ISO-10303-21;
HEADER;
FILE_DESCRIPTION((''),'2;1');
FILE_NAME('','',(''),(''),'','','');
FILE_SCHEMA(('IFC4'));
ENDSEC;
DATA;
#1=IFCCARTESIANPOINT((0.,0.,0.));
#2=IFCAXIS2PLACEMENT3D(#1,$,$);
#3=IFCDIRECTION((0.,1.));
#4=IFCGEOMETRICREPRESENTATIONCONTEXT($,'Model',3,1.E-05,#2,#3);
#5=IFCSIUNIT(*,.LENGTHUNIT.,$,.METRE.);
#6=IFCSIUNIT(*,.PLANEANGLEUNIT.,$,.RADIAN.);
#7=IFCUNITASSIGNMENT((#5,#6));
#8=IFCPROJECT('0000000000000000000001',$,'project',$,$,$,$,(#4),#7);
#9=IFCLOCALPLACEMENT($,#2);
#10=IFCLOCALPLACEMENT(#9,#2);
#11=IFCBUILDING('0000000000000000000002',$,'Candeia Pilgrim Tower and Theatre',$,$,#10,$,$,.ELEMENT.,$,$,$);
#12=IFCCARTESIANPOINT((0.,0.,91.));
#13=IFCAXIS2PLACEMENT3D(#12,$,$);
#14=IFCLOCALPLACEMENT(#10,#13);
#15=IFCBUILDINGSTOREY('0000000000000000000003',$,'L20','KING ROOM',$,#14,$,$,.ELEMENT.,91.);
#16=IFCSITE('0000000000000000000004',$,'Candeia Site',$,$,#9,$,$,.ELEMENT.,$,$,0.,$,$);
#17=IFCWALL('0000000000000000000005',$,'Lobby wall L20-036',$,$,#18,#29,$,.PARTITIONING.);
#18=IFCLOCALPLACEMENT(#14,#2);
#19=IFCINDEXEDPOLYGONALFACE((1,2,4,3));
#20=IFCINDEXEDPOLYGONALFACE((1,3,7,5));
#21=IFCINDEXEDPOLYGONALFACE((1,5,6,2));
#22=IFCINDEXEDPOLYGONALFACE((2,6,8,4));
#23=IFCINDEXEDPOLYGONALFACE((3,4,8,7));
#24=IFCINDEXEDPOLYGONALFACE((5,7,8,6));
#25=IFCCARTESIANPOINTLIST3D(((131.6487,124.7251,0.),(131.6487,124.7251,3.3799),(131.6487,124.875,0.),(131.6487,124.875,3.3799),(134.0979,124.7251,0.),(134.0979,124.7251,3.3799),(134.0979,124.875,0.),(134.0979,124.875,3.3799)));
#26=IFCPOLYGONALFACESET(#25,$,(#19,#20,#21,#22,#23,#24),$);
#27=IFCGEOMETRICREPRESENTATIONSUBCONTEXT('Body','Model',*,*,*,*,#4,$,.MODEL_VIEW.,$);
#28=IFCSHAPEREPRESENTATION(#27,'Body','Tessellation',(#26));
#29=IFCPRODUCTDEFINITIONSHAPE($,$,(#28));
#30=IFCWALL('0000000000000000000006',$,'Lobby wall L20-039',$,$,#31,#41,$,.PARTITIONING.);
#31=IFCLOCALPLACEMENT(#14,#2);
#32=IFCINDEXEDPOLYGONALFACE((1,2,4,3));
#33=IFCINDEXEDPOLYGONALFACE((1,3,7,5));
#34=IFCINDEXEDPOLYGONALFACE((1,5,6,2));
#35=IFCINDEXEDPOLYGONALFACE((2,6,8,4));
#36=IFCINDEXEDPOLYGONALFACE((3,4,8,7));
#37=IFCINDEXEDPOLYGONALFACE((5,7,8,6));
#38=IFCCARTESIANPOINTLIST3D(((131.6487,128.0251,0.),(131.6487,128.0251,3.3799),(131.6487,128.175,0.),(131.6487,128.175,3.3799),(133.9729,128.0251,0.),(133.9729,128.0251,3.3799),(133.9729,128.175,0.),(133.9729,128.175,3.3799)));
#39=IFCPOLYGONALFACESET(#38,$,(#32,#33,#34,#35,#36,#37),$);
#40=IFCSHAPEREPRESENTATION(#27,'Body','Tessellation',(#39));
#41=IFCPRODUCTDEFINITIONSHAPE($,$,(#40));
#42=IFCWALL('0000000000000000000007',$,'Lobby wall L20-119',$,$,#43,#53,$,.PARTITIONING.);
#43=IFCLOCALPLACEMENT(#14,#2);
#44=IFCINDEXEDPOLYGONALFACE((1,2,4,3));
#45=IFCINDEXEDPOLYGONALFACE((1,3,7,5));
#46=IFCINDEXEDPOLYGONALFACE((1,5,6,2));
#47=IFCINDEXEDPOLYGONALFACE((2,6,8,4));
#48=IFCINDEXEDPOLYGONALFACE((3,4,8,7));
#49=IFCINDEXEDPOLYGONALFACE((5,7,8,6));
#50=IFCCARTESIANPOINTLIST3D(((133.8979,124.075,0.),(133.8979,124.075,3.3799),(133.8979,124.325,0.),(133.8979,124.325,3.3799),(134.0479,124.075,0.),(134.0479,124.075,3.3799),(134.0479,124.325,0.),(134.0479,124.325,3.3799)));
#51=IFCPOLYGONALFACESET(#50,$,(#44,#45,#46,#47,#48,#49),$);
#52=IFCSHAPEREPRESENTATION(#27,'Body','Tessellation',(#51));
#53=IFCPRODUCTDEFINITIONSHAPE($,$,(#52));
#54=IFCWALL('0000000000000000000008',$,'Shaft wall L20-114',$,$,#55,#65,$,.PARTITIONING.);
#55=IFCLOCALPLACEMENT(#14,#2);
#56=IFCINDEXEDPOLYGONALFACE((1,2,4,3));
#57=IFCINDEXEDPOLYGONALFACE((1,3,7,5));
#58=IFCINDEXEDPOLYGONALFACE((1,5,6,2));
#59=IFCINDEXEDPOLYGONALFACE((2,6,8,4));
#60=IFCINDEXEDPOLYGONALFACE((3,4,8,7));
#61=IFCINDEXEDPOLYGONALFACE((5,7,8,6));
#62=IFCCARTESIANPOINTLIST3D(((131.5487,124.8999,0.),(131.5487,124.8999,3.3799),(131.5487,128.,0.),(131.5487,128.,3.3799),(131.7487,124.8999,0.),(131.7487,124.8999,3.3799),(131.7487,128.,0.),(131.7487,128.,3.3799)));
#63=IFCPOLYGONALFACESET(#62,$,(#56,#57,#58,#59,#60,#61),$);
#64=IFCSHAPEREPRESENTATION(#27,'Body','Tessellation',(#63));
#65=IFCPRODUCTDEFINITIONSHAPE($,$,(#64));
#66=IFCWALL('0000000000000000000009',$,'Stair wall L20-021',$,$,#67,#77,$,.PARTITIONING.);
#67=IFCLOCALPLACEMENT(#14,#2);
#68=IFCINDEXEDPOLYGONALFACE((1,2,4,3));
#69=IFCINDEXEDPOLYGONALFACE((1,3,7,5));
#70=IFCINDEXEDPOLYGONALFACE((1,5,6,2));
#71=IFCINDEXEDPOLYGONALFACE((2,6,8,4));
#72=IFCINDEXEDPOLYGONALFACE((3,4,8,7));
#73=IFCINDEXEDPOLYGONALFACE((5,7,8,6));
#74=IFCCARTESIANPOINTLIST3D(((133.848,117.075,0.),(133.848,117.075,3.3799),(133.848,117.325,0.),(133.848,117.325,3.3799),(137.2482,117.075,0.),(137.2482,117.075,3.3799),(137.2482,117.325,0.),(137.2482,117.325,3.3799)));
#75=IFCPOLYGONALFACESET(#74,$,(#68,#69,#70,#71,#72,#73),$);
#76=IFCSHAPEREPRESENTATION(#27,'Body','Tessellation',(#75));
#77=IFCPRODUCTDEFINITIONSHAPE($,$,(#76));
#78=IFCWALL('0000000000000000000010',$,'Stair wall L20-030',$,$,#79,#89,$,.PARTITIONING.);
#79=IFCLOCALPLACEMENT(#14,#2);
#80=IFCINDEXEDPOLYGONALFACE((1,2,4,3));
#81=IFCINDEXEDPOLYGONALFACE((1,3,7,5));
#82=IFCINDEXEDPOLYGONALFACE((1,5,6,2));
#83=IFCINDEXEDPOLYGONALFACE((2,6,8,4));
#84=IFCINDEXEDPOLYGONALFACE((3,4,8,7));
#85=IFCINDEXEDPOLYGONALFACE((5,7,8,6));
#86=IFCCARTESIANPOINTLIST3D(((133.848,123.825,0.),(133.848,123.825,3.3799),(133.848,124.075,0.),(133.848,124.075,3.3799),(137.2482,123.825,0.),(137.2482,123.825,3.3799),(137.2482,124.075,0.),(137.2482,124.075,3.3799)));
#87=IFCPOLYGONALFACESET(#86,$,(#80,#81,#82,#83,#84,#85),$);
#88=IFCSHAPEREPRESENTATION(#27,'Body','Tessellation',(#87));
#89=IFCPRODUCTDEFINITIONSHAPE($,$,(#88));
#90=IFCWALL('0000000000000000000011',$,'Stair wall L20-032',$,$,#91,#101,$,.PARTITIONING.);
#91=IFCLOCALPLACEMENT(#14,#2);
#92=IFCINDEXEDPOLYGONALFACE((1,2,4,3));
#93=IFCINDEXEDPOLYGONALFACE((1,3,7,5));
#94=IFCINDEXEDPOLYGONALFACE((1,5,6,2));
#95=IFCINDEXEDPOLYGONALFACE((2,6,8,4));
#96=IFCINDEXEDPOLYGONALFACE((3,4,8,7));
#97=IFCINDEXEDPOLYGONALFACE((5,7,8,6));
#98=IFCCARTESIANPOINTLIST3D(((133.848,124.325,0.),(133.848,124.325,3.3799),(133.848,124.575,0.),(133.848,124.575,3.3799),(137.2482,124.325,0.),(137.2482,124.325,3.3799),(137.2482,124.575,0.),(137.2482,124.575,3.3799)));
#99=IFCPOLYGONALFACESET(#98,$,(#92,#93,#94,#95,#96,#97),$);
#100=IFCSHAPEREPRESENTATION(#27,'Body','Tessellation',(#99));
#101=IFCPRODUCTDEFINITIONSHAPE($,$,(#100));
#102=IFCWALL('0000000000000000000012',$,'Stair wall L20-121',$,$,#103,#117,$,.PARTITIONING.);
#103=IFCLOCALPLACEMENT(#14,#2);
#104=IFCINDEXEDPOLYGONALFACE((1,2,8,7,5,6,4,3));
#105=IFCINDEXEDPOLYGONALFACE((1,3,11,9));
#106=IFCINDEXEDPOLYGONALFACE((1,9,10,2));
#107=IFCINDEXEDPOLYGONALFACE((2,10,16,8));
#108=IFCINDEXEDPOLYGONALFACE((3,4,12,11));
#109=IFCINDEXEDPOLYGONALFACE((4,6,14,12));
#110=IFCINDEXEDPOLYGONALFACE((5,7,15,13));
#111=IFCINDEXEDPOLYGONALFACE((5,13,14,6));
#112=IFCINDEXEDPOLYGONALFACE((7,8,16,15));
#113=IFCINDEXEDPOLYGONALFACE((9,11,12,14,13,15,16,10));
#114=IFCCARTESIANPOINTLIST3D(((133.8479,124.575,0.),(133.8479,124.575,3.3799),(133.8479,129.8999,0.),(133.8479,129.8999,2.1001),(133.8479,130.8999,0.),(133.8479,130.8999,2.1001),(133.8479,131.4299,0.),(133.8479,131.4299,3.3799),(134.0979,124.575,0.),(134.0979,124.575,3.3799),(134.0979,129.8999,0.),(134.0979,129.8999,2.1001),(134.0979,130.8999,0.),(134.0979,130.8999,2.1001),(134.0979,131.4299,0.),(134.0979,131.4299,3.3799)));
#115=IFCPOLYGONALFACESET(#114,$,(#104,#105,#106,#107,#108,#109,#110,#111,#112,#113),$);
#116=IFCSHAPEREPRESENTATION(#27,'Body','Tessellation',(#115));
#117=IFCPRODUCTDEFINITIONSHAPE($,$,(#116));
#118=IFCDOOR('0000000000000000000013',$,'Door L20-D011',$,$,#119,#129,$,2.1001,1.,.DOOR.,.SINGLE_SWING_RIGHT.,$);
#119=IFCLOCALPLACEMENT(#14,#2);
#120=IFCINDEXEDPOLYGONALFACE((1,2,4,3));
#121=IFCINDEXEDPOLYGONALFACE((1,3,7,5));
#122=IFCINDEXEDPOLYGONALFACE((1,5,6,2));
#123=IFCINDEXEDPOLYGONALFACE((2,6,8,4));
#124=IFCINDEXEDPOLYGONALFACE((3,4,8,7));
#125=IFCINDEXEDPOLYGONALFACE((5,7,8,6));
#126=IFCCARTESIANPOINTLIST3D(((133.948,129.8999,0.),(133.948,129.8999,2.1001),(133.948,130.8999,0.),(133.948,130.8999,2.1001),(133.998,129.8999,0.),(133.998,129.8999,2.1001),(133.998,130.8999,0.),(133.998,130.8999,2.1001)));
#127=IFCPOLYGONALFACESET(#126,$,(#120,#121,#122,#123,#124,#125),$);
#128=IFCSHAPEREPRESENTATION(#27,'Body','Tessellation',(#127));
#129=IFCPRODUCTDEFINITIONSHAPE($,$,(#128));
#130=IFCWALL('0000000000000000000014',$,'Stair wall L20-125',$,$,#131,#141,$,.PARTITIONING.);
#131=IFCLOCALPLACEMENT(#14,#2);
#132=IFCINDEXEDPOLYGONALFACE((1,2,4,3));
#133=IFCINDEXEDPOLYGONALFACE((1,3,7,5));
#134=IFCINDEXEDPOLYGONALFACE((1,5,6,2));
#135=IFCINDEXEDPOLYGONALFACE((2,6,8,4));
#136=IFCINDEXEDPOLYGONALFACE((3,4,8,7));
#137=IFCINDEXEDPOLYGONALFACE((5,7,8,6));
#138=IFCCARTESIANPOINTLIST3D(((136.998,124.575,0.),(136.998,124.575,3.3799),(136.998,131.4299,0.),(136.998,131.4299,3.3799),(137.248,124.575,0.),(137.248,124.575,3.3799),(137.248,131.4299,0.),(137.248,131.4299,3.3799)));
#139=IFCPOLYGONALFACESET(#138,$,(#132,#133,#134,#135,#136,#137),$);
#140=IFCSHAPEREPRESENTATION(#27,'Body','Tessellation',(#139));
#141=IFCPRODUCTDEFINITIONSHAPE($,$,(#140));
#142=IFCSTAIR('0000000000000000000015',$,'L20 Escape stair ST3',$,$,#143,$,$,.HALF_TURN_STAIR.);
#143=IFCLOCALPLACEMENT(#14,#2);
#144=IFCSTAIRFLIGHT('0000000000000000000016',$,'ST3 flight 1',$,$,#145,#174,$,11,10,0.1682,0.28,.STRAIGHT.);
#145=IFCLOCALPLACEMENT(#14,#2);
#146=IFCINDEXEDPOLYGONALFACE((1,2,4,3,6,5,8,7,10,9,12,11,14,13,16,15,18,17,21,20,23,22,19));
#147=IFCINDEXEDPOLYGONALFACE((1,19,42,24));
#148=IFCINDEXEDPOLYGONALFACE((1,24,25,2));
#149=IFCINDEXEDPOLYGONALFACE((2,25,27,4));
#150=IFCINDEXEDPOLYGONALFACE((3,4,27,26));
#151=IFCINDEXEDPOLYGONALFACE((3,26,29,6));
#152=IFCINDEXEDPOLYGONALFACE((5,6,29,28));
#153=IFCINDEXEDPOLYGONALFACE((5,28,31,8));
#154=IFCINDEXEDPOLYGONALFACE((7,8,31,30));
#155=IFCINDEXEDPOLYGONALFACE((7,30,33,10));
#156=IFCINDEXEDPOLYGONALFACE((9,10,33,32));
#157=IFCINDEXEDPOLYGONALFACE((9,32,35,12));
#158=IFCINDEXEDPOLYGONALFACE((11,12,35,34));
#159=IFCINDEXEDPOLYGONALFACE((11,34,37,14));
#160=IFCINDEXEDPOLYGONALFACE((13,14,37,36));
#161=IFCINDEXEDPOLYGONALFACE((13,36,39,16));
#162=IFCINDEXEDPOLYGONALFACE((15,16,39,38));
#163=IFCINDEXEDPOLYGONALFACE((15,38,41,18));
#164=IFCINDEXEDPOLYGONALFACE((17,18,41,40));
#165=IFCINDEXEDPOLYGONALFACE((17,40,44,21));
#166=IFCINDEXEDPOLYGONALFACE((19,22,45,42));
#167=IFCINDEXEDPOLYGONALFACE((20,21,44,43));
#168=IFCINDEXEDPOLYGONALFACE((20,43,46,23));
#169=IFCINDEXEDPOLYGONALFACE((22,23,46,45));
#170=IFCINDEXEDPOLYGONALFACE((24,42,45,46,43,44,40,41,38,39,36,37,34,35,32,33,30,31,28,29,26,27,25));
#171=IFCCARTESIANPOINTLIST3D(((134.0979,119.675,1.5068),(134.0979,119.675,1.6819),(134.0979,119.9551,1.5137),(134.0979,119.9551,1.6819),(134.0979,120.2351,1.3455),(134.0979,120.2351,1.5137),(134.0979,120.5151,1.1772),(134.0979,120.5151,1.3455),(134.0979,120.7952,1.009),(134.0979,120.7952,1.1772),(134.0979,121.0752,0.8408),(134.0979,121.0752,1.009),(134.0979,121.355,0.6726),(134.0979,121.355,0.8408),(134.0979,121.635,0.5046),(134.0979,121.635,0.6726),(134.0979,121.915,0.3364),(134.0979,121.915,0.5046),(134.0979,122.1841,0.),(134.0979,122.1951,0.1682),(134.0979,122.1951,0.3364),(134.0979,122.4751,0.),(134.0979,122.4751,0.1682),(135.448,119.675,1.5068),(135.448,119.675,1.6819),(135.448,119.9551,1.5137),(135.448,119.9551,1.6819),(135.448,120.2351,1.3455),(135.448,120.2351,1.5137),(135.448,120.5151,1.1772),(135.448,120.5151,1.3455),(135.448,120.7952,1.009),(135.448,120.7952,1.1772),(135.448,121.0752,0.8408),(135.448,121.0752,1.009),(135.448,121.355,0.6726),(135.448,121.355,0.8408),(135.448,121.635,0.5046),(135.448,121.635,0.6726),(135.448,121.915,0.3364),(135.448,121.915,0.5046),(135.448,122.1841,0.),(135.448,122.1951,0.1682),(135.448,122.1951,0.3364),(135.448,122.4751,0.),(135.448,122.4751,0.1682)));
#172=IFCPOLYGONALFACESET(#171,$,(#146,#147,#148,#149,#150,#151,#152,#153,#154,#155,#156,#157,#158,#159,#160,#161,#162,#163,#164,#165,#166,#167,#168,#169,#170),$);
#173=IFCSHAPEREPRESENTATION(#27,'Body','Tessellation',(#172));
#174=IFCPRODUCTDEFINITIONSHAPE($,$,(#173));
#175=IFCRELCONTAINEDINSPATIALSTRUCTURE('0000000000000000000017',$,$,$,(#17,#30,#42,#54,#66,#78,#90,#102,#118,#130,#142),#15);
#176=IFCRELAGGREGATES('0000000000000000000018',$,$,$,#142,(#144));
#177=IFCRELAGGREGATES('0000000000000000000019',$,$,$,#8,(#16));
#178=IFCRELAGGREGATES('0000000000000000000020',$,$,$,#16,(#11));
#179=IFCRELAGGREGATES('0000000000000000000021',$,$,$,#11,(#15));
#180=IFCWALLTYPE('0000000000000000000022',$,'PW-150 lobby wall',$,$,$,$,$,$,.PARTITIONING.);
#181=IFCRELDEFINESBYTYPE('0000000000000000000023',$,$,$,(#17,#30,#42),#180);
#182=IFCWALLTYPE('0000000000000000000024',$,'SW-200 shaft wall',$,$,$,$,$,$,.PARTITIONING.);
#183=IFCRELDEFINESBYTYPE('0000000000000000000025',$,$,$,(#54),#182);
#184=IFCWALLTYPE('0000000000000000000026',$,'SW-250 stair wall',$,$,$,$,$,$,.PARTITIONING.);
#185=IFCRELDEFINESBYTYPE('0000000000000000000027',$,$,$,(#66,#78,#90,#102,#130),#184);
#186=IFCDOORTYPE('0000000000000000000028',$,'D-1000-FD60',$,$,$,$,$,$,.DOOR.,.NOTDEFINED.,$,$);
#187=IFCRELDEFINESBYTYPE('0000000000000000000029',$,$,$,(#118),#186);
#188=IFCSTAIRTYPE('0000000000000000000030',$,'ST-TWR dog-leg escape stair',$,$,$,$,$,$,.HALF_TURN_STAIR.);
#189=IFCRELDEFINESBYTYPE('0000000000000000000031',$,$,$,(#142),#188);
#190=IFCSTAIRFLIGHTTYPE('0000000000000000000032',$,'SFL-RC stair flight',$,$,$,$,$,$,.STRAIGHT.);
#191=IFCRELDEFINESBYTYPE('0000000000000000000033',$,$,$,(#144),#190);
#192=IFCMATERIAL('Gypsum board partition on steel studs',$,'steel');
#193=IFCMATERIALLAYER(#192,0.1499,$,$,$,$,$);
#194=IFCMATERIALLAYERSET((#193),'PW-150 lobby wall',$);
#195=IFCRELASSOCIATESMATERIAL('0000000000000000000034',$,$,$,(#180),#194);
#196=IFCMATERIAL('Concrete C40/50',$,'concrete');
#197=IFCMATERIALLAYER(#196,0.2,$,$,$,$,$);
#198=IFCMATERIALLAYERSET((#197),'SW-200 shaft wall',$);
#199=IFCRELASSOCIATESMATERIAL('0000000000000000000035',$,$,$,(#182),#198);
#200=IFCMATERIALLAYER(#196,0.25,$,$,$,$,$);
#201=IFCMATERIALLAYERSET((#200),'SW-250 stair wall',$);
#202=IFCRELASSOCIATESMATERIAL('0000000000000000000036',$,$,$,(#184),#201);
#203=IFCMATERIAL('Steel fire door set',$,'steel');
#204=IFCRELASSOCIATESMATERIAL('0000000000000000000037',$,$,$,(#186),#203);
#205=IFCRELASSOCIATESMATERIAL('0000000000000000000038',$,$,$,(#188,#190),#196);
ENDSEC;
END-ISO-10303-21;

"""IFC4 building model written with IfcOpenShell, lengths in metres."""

from ifc_helpers import new_model, si_unit, direction, frame, frame_2d, origin, place, context, subcontext, project, spatial, polyline, rectangle, outline, extrude, material, layer, layer_set, type_object, element, fill, aggregate, save


model = new_model("IFC4")

# Units and contexts
model_context = context("Model", 3, precision=1e-05, world=origin(), true_north=direction((0.0, 1.0)))
body_context = subcontext(model_context, "Body", "Model", "MODEL_VIEW")
ifc_project = project(units=[si_unit("LENGTHUNIT", "METRE"), si_unit("PLANEANGLEUNIT", "RADIAN")], contexts=[model_context])

# Site, building, storey
site_placement = place(None, origin())
site = spatial("IfcSite", under=ifc_project, at=site_placement, Name="Candeia Site", CompositionType="ELEMENT", RefElevation=0.0)
building_placement = place(site_placement, origin())
building = spatial("IfcBuilding", under=site, at=building_placement, Name="Candeia Pilgrim Tower and Theatre", CompositionType="ELEMENT")
storey_placement = place(building_placement, frame((0.0, 0.0, 91.0)))
storey = spatial("IfcBuildingStorey", under=building, at=storey_placement, Name="L20", Description="KING ROOM", CompositionType="ELEMENT", Elevation=91.0)

# Walls
ifc_material_1 = material(Name="Gypsum board partition on steel studs", Category="steel")
ifc_layer_1 = layer(ifc_material_1, 0.1499)
ifc_layer_set_1 = layer_set([ifc_layer_1], Name="PW-150 lobby wall")
wall_type_1 = type_object("IfcWallType", Name="PW-150 lobby wall", PredefinedType="PARTITIONING", material=ifc_layer_set_1)
wall_1_placement = place(storey_placement, frame((131.6487, 124.8, 0.0), z_axis=(0.0, 0.0, 1.0), x_axis=(1.0, 0.0, 0.0)))
element("IfcWall", 1, at=wall_1_placement, inside=storey, type_object=wall_type_1, Name="Lobby wall L20-036", PredefinedType="PARTITIONING", context=body_context, shape_type="SweptSolid", body=[
    extrude(rectangle(XDim=2.4492, YDim=0.1499, at=frame_2d((1.2246, 0.0))), origin(), (0.0, 0.0, 1.0), 3.3799),
])
wall_2_placement = place(storey_placement, frame((131.6487, 128.1001, 0.0), z_axis=(0.0, 0.0, 1.0), x_axis=(1.0, 0.0, 0.0)))
element("IfcWall", 2, at=wall_2_placement, inside=storey, type_object=wall_type_1, Name="Lobby wall L20-039", PredefinedType="PARTITIONING", context=body_context, shape_type="SweptSolid", body=[
    extrude(rectangle(XDim=2.3242, YDim=0.1499, at=frame_2d((1.1621, 0.0))), origin(), (0.0, 0.0, 1.0), 3.3799),
])
wall_3_placement = place(storey_placement, frame((133.9729, 124.075, 0.0), z_axis=(0.0, 0.0, 1.0), x_axis=(0.0, 1.0, 0.0)))
element("IfcWall", 3, at=wall_3_placement, inside=storey, type_object=wall_type_1, Name="Lobby wall L20-119", PredefinedType="PARTITIONING", context=body_context, shape_type="SweptSolid", body=[
    extrude(rectangle(XDim=0.25, YDim=0.1499, at=frame_2d((0.125, 0.0))), origin(), (0.0, 0.0, 1.0), 3.3799),
])
ifc_material_2 = material(Name="Concrete C40/50", Category="concrete")
ifc_layer_2 = layer(ifc_material_2, 0.2)
ifc_layer_set_2 = layer_set([ifc_layer_2], Name="SW-200 shaft wall")
wall_type_2 = type_object("IfcWallType", Name="SW-200 shaft wall", PredefinedType="PARTITIONING", material=ifc_layer_set_2)
wall_4_placement = place(storey_placement, frame((131.6487, 124.8999, 0.0), z_axis=(0.0, 0.0, 1.0), x_axis=(0.0, 1.0, 0.0)))
element("IfcWall", 4, at=wall_4_placement, inside=storey, type_object=wall_type_2, Name="Shaft wall L20-114", PredefinedType="PARTITIONING", context=body_context, shape_type="SweptSolid", body=[
    extrude(rectangle(XDim=3.1001, YDim=0.2, at=frame_2d((1.55, 0.0))), origin(), (0.0, 0.0, 1.0), 3.3799),
])
ifc_layer_3 = layer(ifc_material_2, 0.25)
ifc_layer_set_3 = layer_set([ifc_layer_3], Name="SW-250 stair wall")
wall_type_3 = type_object("IfcWallType", Name="SW-250 stair wall", PredefinedType="PARTITIONING", material=ifc_layer_set_3)
for number, where, z_axis, x_axis, name in (
    (5, (133.8479, 117.2, 0.0), (0.0, 0.0, 1.0), (1.0, 0.0, 0.0), "Stair wall L20-021"),
    (6, (133.8479, 123.95, 0.0), (0.0, 0.0, 1.0), (1.0, 0.0, 0.0), "Stair wall L20-030"),
    (7, (133.8479, 124.45, 0.0), (0.0, 0.0, 1.0), (1.0, 0.0, 0.0), "Stair wall L20-032"),
):
    element("IfcWall", number, at=place(storey_placement, frame(where, z_axis=z_axis, x_axis=x_axis)), inside=storey, type_object=wall_type_3, Name=name, PredefinedType="PARTITIONING", context=body_context, shape_type="SweptSolid", body=[
        extrude(rectangle(XDim=3.4001, YDim=0.25, at=frame_2d((1.7002, 0.0))), origin(), (0.0, 0.0, 1.0), 3.3799),
    ])

# Wall, opening, door
wall_5_placement = place(storey_placement, frame((133.9729, 124.575, 0.0), z_axis=(0.0, 0.0, 1.0), x_axis=(0.0, 1.0, 0.0)))
wall_5 = element("IfcWall", 8, at=wall_5_placement, inside=storey, type_object=wall_type_3, Name="Stair wall L20-121", PredefinedType="PARTITIONING", context=body_context, shape_type="SweptSolid", body=[
    extrude(rectangle(XDim=6.855, YDim=0.25, at=frame_2d((3.4275, 0.0))), origin(), (0.0, 0.0, 1.0), 3.3799),
])
opening_placement = place(wall_5_placement, frame((5.325, 0.0, 0.0)))
opening = element("IfcOpeningElement", 9, at=opening_placement, cuts=wall_5, PredefinedType="OPENING", context=body_context, shape_type="SweptSolid", body=[
    extrude(rectangle(XDim=1.0, YDim=2.1001, at=frame_2d((0.5, 1.05))), frame((0.0, 0.135, 0.0), z_axis=(0.0, -1.0, 0.0), x_axis=(1.0, 0.0, 0.0)), (0.0, 0.0, 1.0), 0.27),
])
ifc_material_3 = material(Name="Steel fire door set", Category="steel")
door_type = type_object("IfcDoorType", Name="D-1000-FD60", OperationType="NOTDEFINED", PredefinedType="DOOR", material=ifc_material_3)
door_placement = place(opening_placement, origin())
door = element("IfcDoor", 10, at=door_placement, inside=storey, type_object=door_type, Name="Door L20-D011", OperationType="SINGLE_SWING_RIGHT", OverallHeight=2.1001, OverallWidth=1.0, PredefinedType="DOOR", context=body_context, shape_type="SweptSolid", body=[
    extrude(rectangle(XDim=1.0, YDim=2.1001, at=frame_2d((0.5, 1.05))), frame((0.0, 0.0249, 0.0), z_axis=(0.0, -1.0, 0.0), x_axis=(1.0, 0.0, 0.0)), (0.0, 0.0, 1.0), 0.05),
])
fill(opening, door)

# Wall
wall_6_placement = place(storey_placement, frame((137.123, 124.575, 0.0), z_axis=(0.0, 0.0, 1.0), x_axis=(0.0, 1.0, 0.0)))
element("IfcWall", 11, at=wall_6_placement, inside=storey, type_object=wall_type_3, Name="Stair wall L20-125", PredefinedType="PARTITIONING", context=body_context, shape_type="SweptSolid", body=[
    extrude(rectangle(XDim=6.855, YDim=0.25, at=frame_2d((3.4275, 0.0))), origin(), (0.0, 0.0, 1.0), 3.3799),
])

# Stair, stair flight
stair_type = type_object("IfcStairType", Name="ST-TWR dog-leg escape stair", PredefinedType="HALF_TURN_STAIR", material=ifc_material_2)
stair_1_placement = place(storey_placement, origin())
stair_1 = element("IfcStair", 12, at=stair_1_placement, inside=storey, type_object=stair_type, Name="L20 Escape stair ST3", PredefinedType="HALF_TURN_STAIR")
stair_flight_type = type_object("IfcStairFlightType", Name="SFL-RC stair flight", PredefinedType="STRAIGHT", material=ifc_material_2)
stair_flight_1_placement = place(storey_placement, frame((134.7729, 122.4751, 0.0), z_axis=(0.0, 0.0, 1.0), x_axis=(0.0, -1.0, 0.0)))
stair_flight_1 = element("IfcStairFlight", 13, at=stair_flight_1_placement, type_object=stair_flight_type, Name="ST3 flight 1", NumberOfRisers=11, NumberOfTreads=10, PredefinedType="STRAIGHT", RiserHeight=0.1682, TreadLength=0.28, context=body_context, shape_type="SweptSolid", body=[
    extrude(outline(polyline([(0.0, 0.0), (0.0, 0.1682), (0.28, 0.1682), (0.28, 0.3364), (0.5601, 0.3364), (0.5601, 0.5046), (0.8401, 0.5046), (0.8401, 0.6726), (1.1201, 0.6726), (1.1201, 0.8408), (1.3999, 0.8408), (1.3999, 1.009), (1.6799, 1.009), (1.6799, 1.1772), (1.96, 1.1772), (1.96, 1.3455), (2.24, 1.3455), (2.24, 1.5137), (2.52, 1.5137), (2.52, 1.6819), (2.8, 1.6819), (2.8, 1.8501), (2.8, 1.5068), (0.291, 0.0), (0.0, 0.0)])), frame((0.0, 0.675, 0.0), z_axis=(0.0, -1.0, 0.0), x_axis=(1.0, 0.0, 0.0)), (0.0, 0.0, 1.0), 1.3501),
])
aggregate(stair_1, [stair_flight_1])

save(model, "model.ifc")
